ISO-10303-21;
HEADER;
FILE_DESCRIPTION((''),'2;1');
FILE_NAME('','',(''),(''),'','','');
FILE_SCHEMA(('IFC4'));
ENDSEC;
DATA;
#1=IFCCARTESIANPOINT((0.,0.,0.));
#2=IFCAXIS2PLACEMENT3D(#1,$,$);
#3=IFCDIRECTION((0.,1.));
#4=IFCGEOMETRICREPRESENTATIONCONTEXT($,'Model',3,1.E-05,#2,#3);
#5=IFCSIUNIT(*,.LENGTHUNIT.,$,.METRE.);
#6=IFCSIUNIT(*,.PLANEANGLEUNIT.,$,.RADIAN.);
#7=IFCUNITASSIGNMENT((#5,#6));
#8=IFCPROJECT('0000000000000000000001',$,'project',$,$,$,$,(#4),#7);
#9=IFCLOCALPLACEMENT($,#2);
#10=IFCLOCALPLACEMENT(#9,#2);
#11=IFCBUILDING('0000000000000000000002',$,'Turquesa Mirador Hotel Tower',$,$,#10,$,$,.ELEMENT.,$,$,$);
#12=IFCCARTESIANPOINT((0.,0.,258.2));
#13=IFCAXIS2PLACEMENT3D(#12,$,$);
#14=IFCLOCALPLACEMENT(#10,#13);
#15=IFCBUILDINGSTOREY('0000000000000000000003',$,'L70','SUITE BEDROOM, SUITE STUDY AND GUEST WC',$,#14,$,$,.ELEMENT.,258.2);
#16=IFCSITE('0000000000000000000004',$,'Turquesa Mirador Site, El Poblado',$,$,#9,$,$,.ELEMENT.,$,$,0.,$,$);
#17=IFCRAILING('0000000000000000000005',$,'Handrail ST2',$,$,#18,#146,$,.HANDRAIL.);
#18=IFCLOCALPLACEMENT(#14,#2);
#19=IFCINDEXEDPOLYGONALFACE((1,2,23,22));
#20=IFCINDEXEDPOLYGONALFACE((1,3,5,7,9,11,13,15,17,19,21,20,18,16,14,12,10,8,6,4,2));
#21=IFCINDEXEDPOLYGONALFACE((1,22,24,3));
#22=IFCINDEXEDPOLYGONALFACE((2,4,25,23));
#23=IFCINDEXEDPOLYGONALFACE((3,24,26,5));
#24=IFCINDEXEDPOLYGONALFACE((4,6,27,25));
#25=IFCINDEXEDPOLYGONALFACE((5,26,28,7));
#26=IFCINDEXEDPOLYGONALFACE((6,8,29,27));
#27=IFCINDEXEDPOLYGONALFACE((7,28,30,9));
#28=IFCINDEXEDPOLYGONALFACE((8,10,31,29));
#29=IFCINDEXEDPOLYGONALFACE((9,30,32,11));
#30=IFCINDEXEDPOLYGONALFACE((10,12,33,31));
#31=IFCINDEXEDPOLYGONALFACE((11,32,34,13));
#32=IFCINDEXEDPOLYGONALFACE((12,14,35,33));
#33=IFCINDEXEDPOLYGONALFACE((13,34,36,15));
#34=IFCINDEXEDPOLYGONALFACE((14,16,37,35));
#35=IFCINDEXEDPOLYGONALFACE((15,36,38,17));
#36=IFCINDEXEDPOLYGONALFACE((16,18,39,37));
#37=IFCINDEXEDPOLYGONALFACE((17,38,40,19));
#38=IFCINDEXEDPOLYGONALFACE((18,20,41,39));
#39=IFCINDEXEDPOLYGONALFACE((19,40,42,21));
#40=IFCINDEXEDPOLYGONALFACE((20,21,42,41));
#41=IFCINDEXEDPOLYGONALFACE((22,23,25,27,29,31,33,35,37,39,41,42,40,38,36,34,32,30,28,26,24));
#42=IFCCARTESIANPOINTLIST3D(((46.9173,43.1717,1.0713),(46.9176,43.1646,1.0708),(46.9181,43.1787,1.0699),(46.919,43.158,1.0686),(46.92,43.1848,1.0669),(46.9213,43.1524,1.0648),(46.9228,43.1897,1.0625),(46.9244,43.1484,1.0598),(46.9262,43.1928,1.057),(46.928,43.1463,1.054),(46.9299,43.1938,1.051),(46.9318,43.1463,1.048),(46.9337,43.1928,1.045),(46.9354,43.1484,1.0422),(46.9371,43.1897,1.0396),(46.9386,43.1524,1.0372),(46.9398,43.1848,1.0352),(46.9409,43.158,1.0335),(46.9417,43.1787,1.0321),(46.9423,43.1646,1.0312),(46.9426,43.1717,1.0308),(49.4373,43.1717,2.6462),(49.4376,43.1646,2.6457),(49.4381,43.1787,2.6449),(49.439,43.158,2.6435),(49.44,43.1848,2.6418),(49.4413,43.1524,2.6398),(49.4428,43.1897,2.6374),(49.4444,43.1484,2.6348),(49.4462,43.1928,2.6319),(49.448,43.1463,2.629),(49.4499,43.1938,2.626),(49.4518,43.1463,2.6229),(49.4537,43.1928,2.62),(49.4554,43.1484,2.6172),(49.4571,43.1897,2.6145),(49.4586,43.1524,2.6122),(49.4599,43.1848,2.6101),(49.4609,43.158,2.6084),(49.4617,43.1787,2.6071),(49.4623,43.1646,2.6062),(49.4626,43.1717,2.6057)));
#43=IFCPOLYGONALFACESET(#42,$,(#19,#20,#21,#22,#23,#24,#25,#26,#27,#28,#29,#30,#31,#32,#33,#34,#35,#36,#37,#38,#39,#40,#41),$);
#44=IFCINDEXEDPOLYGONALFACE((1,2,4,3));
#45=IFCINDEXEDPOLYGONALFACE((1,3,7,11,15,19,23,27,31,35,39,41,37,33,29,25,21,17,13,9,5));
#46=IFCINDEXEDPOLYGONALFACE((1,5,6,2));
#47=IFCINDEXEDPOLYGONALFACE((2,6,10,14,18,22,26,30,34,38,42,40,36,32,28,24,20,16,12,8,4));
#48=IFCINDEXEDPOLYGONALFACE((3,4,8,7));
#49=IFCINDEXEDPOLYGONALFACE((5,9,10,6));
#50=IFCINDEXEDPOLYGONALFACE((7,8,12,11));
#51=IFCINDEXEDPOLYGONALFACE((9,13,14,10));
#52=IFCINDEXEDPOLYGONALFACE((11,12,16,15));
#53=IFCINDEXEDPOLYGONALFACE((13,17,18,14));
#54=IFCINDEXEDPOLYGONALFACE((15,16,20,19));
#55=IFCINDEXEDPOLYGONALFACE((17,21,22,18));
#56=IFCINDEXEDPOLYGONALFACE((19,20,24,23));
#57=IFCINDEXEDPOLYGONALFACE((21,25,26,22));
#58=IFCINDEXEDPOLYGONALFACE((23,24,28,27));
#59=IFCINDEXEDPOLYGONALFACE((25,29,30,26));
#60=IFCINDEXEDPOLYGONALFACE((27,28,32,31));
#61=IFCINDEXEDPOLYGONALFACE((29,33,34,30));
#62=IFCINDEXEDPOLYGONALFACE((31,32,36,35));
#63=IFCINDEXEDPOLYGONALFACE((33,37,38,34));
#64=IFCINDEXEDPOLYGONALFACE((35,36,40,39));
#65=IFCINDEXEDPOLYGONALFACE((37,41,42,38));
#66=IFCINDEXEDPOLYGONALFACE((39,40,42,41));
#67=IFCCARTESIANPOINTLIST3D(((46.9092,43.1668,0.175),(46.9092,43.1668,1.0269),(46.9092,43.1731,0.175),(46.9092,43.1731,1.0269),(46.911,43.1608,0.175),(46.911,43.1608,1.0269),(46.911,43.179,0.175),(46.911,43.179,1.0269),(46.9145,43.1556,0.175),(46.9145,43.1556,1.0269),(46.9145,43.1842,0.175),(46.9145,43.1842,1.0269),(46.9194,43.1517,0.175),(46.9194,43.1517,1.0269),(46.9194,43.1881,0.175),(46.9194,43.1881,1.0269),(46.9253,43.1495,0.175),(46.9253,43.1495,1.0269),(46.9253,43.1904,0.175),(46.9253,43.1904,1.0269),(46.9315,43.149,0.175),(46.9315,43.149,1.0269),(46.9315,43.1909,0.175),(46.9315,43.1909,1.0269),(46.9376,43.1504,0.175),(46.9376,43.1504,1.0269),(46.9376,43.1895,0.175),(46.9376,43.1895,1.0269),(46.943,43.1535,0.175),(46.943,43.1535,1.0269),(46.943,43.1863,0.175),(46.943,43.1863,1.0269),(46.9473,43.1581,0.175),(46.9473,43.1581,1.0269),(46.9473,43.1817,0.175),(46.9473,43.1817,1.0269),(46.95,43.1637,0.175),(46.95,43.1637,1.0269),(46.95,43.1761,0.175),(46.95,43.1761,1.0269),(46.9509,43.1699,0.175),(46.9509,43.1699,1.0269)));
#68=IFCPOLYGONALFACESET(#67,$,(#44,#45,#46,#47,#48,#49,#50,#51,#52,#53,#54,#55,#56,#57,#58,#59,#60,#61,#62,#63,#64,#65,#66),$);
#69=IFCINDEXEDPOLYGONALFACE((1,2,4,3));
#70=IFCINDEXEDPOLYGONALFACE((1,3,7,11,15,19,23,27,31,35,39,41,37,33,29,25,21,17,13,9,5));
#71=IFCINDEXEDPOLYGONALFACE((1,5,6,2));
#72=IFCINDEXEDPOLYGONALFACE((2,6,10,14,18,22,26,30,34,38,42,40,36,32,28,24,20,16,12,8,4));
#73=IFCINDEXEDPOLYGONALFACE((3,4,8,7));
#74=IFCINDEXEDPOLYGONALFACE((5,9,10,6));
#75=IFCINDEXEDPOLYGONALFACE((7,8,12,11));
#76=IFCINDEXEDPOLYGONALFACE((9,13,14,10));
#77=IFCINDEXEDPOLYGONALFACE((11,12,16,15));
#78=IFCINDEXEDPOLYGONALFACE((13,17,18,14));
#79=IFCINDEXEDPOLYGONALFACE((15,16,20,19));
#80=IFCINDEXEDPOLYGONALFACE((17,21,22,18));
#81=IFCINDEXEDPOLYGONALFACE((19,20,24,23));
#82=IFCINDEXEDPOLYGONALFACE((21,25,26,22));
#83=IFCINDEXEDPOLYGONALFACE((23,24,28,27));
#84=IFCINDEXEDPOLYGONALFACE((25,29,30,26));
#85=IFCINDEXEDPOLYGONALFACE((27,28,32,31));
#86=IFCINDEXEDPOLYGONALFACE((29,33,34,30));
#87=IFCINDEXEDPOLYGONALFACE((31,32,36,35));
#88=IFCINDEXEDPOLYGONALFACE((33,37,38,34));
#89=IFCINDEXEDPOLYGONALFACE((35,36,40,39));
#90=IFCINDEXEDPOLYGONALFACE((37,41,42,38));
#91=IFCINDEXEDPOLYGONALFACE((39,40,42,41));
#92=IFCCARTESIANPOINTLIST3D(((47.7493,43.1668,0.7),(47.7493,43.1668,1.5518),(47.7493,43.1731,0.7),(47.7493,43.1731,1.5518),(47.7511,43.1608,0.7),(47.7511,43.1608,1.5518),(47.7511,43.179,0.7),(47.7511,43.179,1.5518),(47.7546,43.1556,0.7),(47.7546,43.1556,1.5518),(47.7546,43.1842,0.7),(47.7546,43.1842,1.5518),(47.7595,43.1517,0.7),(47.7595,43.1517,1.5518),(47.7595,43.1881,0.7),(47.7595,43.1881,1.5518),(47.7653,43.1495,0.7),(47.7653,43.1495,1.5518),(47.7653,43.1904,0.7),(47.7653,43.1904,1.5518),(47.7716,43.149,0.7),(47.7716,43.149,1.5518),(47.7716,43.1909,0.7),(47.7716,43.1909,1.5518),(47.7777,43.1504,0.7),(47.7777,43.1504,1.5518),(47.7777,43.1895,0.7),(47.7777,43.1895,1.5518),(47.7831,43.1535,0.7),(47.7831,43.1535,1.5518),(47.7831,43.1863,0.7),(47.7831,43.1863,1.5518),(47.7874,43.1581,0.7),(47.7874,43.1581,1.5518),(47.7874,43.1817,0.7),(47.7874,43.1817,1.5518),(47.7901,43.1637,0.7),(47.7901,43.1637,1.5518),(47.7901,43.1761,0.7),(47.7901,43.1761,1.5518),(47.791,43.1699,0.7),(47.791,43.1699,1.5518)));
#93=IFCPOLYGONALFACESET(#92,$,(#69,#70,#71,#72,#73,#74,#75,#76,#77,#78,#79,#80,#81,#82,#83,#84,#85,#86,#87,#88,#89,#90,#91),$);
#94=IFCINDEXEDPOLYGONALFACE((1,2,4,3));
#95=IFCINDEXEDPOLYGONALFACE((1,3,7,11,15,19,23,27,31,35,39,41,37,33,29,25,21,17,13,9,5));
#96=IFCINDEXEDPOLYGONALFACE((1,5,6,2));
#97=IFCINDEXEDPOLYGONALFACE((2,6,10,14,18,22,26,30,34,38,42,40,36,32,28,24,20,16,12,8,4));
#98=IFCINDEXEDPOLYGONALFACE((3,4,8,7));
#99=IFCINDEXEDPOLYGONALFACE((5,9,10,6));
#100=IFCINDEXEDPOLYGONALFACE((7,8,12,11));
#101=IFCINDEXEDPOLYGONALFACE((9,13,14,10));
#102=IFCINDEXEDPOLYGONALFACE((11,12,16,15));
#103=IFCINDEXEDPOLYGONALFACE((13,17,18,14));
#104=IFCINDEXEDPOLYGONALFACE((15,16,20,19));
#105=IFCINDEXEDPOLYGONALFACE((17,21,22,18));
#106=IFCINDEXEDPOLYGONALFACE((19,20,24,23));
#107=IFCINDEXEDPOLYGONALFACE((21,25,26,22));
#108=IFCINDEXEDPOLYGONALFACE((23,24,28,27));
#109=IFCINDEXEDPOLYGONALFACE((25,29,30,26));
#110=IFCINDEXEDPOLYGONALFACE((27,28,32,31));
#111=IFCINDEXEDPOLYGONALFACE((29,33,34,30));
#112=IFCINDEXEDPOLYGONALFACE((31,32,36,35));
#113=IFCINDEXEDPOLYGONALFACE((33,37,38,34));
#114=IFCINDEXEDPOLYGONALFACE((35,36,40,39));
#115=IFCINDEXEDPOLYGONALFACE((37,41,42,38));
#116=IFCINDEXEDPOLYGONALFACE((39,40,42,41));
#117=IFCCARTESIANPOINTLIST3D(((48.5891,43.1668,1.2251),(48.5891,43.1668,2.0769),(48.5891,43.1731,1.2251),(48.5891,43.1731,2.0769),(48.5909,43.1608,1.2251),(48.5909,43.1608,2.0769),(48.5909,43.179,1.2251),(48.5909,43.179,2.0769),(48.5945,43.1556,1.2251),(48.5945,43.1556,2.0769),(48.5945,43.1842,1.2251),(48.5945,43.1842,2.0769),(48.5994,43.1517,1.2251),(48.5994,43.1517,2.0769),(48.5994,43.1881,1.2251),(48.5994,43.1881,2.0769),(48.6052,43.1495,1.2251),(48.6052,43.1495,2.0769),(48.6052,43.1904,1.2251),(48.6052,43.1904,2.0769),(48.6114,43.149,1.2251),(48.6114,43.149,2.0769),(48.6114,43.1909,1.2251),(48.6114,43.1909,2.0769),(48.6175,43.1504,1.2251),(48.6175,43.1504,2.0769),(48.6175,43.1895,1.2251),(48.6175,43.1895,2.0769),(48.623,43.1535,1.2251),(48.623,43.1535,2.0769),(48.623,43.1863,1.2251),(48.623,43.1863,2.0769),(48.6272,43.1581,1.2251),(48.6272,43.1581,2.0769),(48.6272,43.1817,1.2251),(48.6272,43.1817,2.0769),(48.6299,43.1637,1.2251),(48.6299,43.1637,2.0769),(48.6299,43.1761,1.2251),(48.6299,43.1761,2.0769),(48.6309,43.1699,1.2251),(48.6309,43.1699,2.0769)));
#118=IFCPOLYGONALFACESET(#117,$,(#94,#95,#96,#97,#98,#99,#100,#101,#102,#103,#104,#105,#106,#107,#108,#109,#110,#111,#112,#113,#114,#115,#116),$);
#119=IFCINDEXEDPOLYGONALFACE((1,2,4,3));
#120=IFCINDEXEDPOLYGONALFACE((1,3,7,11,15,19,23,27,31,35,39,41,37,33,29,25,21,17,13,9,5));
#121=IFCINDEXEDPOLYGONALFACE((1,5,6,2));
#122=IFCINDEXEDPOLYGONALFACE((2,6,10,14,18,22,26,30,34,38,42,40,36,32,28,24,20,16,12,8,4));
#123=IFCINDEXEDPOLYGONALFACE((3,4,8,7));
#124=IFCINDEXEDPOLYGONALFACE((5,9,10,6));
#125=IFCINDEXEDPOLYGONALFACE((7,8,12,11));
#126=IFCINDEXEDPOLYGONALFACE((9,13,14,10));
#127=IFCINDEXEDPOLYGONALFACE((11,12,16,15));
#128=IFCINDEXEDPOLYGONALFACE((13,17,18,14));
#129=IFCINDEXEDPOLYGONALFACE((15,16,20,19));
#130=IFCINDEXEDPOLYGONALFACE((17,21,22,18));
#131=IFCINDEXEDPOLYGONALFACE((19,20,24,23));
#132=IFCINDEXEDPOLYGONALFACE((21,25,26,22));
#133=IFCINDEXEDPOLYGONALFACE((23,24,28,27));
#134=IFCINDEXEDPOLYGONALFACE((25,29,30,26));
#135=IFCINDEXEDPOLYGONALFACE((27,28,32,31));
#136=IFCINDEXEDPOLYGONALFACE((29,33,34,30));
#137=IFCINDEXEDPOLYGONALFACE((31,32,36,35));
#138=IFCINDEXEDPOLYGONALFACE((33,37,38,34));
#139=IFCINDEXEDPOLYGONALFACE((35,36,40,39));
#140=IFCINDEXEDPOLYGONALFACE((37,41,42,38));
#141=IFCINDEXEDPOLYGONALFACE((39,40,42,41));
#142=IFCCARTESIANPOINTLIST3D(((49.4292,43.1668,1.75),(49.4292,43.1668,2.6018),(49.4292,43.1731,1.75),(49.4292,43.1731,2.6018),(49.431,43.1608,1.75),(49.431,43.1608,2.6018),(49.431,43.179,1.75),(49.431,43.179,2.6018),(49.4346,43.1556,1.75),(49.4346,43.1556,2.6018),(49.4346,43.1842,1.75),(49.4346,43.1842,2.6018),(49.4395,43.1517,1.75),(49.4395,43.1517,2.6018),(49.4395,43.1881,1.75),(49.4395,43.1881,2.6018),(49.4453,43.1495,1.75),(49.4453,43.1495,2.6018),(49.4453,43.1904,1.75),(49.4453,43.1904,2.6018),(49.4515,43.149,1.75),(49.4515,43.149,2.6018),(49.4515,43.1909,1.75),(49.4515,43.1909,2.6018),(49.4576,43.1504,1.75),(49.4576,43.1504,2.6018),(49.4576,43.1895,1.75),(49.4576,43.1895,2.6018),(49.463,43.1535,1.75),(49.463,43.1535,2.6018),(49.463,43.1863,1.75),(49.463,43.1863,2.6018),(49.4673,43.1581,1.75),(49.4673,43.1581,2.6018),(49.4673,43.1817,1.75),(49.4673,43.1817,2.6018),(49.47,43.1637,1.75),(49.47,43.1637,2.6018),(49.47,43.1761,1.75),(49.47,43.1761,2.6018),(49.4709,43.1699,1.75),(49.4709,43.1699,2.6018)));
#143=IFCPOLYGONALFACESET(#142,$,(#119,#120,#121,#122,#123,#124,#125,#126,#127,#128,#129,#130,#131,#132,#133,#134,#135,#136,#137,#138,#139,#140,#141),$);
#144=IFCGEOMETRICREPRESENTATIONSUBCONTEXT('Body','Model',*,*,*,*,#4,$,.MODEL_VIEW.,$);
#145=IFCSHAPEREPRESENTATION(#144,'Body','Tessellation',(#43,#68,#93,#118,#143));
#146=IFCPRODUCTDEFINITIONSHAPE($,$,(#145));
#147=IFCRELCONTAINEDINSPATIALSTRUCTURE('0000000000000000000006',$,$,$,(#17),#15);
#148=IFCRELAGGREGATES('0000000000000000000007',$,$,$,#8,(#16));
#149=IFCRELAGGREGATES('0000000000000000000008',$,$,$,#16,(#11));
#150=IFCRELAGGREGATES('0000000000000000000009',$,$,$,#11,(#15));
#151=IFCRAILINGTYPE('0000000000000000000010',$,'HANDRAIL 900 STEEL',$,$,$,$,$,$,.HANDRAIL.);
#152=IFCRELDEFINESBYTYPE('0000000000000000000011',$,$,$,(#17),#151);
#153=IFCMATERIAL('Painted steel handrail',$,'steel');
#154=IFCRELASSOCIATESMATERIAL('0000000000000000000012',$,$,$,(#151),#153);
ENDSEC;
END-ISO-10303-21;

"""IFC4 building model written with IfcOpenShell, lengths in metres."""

from ifc_helpers import new_model, si_unit, direction, frame, origin, origin_2d, place, context, subcontext, project, spatial, circle, extrude, material, type_object, element, save


model = new_model("IFC4")

# Units and contexts
model_context = context("Model", 3, precision=1e-05, world=origin(), true_north=direction((0.0, 1.0)))
body_context = subcontext(model_context, "Body", "Model", "MODEL_VIEW")
ifc_project = project(units=[si_unit("LENGTHUNIT", "METRE"), si_unit("PLANEANGLEUNIT", "RADIAN")], contexts=[model_context])

# Site, building, storey
site_placement = place(None, origin())
site = spatial("IfcSite", under=ifc_project, at=site_placement, Name="Turquesa Mirador Site, El Poblado", CompositionType="ELEMENT", RefElevation=0.0)
building_placement = place(site_placement, origin())
building = spatial("IfcBuilding", under=site, at=building_placement, Name="Turquesa Mirador Hotel Tower", CompositionType="ELEMENT")
storey_placement = place(building_placement, frame((0.0, 0.0, 258.2)))
storey = spatial("IfcBuildingStorey", under=building, at=storey_placement, Name="L70", Description="SUITE BEDROOM, SUITE STUDY AND GUEST WC", CompositionType="ELEMENT", Elevation=258.2)

# Railing
ifc_material_1 = material(Name="Painted steel handrail", Category="steel")
railing_type = type_object("IfcRailingType", Name="HANDRAIL 900 STEEL", PredefinedType="HANDRAIL", material=ifc_material_1)
for number, where, name in (
    (1, (46.9299, 43.1699, 0.175), "Handrail ST2"),
):
    element("IfcRailing", number, at=place(storey_placement, frame(where)), inside=storey, type_object=railing_type, Name=name, PredefinedType="HANDRAIL", context=body_context, shape_type="SweptSolid", body=[
        extrude(circle(Radius=0.0239, at=origin_2d()), frame((0.0, 0.0, 0.876), z_axis=(0.848008, 0.0, 0.529984), x_axis=(0.0, 1.0, 0.0)), (0.0, 0.0, 1.0), 2.9717),
        extrude(circle(Radius=0.021, at=origin_2d()), origin(), (0.0, 0.0, 1.0), 0.8518),
        extrude(circle(Radius=0.021, at=origin_2d()), frame((0.8401, 0.0, 0.5249)), (0.0, 0.0, 1.0), 0.8518),
        extrude(circle(Radius=0.021, at=origin_2d()), frame((1.6799, 0.0, 1.05)), (0.0, 0.0, 1.0), 0.8518),
        extrude(circle(Radius=0.021, at=origin_2d()), frame((2.52, 0.0, 1.575)), (0.0, 0.0, 1.0), 0.8518),
    ])

save(model, "model.ifc")
